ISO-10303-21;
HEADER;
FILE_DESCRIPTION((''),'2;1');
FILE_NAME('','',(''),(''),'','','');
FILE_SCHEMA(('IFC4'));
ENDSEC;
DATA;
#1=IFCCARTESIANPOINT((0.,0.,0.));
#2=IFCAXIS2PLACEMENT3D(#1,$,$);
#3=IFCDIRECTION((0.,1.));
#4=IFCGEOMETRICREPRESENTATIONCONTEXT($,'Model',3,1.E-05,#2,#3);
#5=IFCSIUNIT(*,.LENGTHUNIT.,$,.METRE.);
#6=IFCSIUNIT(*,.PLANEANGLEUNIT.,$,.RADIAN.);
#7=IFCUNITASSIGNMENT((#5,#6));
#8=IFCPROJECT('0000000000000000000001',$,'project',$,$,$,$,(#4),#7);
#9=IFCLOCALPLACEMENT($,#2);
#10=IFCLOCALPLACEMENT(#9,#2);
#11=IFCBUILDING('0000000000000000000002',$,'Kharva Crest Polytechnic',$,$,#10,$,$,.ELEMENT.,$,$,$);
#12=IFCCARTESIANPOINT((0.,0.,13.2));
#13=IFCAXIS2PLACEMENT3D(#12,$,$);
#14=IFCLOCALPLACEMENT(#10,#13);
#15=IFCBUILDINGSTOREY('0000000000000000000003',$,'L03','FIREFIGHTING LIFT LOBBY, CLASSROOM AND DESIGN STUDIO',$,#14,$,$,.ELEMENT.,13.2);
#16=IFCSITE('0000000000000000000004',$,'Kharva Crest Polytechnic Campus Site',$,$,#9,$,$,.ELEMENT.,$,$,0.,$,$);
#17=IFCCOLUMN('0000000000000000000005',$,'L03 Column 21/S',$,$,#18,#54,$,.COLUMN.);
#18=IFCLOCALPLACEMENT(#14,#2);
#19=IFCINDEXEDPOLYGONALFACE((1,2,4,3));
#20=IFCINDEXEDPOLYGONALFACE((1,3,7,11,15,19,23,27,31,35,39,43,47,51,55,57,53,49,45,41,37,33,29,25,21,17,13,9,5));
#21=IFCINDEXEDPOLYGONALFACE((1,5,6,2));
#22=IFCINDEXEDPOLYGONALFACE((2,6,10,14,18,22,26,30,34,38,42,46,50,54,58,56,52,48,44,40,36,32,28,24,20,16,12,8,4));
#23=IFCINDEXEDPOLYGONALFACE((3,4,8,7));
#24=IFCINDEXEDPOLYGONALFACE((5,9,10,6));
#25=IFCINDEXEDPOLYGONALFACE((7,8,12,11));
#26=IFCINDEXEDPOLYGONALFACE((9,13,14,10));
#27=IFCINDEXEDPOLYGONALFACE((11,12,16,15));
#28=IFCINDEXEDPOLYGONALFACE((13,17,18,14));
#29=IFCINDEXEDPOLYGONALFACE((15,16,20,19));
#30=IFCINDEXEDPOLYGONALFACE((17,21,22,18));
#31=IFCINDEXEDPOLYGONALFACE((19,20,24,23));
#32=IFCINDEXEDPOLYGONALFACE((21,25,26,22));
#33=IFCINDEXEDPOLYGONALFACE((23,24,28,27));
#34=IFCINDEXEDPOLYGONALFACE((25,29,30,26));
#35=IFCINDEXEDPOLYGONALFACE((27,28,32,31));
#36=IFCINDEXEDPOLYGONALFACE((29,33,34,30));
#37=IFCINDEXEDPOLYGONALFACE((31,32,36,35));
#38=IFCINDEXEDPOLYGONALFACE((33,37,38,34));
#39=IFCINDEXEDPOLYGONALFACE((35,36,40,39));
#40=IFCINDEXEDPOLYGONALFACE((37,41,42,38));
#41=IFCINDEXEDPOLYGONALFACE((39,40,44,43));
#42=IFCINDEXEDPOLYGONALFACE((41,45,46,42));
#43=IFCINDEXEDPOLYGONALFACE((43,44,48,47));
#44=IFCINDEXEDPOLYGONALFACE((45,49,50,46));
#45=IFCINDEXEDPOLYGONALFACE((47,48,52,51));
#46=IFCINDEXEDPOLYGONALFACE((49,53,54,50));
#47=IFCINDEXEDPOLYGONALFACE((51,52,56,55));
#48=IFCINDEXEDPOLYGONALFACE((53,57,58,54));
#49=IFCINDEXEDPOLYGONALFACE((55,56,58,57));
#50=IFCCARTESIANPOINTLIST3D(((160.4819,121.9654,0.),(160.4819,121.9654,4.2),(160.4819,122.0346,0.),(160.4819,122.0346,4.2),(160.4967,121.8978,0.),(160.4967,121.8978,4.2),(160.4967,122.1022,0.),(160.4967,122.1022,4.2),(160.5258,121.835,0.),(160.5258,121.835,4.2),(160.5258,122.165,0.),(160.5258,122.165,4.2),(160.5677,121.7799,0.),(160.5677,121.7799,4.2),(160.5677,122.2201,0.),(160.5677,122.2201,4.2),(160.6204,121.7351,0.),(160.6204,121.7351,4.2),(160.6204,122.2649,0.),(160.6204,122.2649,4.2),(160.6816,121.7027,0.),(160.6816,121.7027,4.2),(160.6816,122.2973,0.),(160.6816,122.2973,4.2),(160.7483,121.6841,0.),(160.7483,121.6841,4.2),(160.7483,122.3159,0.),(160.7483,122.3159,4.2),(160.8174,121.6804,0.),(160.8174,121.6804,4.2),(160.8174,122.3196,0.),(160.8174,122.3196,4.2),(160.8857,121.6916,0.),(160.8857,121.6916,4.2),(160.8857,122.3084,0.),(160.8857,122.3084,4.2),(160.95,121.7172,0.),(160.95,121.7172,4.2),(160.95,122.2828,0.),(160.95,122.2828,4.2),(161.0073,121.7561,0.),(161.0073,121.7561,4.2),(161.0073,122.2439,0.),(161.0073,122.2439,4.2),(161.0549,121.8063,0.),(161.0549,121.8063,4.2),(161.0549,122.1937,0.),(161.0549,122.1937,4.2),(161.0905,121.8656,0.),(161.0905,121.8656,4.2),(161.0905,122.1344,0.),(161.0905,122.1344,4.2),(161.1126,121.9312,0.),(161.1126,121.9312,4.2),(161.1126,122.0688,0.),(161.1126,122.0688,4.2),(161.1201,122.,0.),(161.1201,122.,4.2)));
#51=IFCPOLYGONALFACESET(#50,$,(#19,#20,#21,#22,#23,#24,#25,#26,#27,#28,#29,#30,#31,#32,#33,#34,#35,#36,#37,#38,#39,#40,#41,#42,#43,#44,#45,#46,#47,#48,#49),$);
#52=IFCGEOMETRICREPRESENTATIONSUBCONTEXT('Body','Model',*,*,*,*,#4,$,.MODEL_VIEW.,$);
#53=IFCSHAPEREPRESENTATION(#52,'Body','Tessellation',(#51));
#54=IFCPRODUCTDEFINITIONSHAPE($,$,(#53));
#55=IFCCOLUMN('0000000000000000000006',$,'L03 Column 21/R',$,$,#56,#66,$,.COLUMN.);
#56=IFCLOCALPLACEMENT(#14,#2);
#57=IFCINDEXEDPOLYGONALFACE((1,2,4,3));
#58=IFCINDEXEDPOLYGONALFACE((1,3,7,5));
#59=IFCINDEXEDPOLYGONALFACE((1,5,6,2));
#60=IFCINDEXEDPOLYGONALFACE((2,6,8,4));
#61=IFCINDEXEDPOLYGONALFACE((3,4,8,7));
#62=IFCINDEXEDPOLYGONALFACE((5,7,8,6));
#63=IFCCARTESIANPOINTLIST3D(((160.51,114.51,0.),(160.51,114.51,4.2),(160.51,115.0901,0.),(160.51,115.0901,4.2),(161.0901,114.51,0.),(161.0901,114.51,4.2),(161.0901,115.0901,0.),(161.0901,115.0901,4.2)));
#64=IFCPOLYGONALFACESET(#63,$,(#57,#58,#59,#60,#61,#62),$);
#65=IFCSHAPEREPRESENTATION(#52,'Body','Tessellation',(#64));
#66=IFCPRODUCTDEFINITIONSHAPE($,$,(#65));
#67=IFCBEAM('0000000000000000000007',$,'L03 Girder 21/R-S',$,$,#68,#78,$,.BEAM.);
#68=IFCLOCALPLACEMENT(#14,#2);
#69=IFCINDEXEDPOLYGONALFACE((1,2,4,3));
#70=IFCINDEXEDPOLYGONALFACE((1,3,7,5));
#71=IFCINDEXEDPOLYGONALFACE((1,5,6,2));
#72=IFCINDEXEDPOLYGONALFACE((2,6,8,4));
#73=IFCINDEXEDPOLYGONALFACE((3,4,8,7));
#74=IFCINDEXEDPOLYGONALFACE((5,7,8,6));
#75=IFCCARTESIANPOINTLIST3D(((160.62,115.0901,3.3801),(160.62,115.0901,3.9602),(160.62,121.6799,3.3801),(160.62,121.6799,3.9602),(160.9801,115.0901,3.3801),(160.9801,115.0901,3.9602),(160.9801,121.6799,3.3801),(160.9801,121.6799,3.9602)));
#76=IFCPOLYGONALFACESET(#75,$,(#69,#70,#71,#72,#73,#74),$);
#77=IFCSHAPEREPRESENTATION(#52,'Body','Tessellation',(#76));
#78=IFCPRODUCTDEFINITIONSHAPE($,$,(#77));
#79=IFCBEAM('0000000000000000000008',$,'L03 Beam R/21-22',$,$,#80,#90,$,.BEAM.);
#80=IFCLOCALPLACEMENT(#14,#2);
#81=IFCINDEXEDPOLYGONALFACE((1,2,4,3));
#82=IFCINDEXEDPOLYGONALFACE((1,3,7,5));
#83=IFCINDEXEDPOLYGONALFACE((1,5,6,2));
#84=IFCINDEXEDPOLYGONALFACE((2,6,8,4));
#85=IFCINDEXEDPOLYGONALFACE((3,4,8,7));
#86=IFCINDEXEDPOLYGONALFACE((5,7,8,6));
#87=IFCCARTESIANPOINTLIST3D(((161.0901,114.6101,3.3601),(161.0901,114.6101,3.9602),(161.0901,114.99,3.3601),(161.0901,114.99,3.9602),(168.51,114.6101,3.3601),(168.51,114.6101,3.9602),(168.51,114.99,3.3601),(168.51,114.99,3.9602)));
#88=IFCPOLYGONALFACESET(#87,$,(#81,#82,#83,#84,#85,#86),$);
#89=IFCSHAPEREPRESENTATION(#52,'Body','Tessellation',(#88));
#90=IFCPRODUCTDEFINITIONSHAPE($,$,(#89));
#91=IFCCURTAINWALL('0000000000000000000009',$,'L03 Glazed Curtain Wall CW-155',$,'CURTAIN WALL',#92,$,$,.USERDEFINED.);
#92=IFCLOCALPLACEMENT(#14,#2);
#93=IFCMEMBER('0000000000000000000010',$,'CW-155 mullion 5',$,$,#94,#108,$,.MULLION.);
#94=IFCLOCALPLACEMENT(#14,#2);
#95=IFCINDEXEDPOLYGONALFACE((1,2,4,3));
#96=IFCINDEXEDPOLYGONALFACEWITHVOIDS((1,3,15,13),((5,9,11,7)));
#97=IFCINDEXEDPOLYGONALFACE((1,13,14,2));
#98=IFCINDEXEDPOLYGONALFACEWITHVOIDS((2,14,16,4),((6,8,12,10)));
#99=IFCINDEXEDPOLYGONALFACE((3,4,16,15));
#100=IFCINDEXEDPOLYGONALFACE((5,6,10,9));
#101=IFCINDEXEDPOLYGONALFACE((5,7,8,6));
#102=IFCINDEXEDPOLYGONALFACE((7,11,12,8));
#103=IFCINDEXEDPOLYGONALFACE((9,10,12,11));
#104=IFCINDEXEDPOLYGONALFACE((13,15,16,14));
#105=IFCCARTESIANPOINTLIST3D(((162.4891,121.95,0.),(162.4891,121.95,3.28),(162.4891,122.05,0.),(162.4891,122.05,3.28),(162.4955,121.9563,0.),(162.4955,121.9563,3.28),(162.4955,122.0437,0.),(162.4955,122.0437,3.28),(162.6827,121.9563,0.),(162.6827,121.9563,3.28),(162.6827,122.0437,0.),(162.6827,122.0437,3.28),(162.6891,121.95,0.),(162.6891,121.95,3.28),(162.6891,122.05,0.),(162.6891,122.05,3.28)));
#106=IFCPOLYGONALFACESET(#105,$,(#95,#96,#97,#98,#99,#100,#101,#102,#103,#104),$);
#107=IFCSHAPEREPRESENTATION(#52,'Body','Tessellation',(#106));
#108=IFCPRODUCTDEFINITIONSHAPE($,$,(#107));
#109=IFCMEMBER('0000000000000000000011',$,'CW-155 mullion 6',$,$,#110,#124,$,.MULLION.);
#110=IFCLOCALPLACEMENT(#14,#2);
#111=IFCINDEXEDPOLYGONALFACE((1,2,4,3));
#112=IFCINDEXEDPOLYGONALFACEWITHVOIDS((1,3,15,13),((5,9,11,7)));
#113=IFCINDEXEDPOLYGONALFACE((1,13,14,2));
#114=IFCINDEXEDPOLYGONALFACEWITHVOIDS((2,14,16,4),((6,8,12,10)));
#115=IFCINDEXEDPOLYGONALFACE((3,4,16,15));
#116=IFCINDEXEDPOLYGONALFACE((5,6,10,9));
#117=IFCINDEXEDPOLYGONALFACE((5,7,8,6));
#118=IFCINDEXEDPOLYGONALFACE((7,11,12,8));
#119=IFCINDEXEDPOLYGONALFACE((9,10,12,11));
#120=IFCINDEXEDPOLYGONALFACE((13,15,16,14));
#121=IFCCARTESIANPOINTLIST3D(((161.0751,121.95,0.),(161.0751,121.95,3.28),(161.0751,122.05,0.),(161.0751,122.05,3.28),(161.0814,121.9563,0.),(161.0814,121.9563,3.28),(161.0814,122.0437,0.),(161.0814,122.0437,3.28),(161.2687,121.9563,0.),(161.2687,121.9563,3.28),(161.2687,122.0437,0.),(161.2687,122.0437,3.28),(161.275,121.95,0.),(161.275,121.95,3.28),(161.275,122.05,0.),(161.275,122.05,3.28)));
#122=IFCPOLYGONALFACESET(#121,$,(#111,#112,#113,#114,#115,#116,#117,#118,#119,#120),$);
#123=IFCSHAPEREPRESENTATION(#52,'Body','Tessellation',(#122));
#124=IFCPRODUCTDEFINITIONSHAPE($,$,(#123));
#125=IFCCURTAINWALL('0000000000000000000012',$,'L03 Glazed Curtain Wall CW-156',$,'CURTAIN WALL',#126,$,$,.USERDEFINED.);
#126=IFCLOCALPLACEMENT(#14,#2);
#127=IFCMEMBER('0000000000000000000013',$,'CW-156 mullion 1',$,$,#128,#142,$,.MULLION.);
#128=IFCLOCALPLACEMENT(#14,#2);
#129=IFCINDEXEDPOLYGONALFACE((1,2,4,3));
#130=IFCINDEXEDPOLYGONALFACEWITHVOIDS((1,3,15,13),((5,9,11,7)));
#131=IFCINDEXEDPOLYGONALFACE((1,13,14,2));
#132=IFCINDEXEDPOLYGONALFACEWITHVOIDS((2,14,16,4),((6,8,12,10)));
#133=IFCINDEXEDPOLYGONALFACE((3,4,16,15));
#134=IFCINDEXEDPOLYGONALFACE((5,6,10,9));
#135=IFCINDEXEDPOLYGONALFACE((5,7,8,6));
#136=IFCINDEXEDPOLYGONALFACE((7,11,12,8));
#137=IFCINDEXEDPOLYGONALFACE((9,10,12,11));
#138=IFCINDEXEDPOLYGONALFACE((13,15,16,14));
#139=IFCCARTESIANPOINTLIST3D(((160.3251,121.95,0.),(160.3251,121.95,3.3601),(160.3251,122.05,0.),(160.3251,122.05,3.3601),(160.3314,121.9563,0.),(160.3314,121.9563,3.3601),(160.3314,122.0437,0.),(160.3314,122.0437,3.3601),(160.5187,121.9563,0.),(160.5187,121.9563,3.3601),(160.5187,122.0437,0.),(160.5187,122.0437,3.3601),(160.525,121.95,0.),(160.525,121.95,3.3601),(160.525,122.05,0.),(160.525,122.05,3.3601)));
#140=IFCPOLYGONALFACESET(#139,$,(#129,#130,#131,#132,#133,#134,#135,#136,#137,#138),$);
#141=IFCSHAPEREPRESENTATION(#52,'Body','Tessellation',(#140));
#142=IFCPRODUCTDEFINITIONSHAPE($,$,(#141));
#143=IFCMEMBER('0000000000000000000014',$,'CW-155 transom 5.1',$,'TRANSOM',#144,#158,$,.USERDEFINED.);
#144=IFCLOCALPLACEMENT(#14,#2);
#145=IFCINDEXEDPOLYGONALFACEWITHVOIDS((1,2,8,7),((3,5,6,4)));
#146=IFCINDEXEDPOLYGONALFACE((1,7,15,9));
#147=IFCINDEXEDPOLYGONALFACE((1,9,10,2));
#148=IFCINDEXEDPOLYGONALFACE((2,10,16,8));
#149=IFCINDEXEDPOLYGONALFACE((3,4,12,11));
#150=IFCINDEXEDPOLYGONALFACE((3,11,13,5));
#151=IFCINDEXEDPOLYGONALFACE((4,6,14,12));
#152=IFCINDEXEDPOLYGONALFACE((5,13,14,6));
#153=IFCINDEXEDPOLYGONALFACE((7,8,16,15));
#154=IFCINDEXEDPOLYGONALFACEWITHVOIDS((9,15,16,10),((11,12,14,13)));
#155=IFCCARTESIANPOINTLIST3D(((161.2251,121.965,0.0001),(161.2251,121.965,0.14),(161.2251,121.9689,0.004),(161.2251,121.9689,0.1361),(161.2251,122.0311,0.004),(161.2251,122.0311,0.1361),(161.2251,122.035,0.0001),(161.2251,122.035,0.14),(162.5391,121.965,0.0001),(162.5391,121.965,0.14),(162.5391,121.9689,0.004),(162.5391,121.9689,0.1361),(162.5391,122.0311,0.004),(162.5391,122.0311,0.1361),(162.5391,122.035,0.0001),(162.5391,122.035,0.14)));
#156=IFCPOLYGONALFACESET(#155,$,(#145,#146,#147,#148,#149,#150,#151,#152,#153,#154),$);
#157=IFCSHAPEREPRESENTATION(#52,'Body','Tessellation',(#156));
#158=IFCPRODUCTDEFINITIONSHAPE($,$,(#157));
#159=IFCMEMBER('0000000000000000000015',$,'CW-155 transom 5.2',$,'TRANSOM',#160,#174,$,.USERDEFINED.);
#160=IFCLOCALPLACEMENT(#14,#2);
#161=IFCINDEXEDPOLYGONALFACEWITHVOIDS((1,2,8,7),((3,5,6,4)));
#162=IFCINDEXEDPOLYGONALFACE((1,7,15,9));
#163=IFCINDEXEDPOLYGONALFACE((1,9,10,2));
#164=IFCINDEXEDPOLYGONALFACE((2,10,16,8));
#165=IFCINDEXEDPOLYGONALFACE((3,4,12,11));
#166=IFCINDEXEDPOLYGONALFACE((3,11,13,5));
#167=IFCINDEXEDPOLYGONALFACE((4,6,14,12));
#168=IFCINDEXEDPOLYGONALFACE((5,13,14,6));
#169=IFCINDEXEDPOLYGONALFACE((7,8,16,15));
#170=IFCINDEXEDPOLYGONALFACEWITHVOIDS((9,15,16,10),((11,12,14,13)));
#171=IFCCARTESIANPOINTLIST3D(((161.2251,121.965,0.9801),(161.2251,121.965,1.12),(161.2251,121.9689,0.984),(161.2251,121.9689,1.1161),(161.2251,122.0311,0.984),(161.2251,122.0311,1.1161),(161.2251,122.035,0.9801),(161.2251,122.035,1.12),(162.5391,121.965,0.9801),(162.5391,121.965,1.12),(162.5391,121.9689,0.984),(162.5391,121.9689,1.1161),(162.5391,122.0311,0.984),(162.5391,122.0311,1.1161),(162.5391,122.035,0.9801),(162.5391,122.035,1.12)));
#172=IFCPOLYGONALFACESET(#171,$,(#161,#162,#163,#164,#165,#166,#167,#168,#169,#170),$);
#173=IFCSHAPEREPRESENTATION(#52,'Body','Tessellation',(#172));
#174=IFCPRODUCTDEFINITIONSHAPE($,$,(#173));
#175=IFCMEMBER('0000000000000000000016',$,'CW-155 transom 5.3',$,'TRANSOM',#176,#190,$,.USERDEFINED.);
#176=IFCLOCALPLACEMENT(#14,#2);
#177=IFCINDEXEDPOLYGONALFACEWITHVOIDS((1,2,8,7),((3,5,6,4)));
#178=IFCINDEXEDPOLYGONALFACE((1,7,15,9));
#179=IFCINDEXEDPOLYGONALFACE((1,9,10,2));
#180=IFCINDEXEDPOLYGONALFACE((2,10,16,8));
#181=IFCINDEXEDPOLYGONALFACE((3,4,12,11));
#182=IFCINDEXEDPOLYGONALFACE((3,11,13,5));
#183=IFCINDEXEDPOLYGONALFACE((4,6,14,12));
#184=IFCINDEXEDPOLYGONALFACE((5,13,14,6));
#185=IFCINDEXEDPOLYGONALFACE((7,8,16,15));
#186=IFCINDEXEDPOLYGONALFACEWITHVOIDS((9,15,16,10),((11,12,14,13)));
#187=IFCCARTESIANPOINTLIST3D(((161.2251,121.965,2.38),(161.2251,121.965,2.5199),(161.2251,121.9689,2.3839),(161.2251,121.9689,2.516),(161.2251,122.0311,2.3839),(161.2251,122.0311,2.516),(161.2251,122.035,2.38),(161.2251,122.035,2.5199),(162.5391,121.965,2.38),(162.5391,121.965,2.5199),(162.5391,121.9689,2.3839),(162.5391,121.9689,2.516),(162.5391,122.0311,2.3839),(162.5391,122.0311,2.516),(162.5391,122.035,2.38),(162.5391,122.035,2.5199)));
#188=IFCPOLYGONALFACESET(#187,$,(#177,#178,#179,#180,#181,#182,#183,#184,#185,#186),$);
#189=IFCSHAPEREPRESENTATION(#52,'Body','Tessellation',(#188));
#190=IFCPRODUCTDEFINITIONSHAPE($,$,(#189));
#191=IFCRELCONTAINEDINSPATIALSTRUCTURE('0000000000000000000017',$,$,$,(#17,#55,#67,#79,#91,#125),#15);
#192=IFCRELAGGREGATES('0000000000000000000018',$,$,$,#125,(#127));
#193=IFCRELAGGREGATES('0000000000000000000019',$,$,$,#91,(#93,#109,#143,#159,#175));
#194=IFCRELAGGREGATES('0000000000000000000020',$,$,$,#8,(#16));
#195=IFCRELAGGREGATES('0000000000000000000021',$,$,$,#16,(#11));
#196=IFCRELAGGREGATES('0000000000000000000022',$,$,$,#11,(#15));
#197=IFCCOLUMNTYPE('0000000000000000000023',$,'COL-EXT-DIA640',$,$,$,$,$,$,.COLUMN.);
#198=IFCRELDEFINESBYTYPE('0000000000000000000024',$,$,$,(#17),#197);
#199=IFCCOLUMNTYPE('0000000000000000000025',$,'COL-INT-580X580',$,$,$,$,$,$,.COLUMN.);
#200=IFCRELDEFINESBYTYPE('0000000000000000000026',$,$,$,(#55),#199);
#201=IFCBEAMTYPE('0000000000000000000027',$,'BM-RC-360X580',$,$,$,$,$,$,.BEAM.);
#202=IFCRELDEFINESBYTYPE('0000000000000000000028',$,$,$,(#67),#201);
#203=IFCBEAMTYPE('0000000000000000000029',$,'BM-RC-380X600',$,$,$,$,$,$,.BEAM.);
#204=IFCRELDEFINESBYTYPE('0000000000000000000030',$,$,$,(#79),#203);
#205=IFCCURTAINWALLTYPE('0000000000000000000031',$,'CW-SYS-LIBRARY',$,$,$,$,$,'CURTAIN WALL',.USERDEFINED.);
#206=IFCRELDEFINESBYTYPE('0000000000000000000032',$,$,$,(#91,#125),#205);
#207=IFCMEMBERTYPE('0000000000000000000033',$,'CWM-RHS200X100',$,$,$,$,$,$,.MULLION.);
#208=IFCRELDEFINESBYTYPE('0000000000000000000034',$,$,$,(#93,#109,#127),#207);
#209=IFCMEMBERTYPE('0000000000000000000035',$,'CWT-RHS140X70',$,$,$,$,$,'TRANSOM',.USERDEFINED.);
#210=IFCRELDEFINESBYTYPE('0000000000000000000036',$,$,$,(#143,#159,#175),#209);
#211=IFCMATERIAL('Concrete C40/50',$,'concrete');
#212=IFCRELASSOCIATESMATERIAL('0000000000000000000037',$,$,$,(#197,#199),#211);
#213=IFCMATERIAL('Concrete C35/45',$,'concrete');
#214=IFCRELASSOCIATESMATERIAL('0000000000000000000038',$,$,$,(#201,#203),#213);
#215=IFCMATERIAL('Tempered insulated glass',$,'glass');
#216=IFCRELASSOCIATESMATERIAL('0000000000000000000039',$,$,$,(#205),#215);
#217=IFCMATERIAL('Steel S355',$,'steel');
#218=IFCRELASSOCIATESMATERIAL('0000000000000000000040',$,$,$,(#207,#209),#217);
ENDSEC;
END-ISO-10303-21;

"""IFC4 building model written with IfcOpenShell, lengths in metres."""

from ifc_helpers import new_model, si_unit, direction, frame, origin, origin_2d, place, context, subcontext, project, spatial, rectangle, hollow_rectangle, circle, extrude, material, material_profile, profile_set, type_object, element, aggregate, save


model = new_model("IFC4")

# Units and contexts
model_context = context("Model", 3, precision=1e-05, world=origin(), true_north=direction((0.0, 1.0)))
body_context = subcontext(model_context, "Body", "Model", "MODEL_VIEW")
ifc_project = project(units=[si_unit("LENGTHUNIT", "METRE"), si_unit("PLANEANGLEUNIT", "RADIAN")], contexts=[model_context])

# Site, building, storey
site_placement = place(None, origin())
site = spatial("IfcSite", under=ifc_project, at=site_placement, Name="Kharva Crest Polytechnic Campus Site", CompositionType="ELEMENT", RefElevation=0.0)
building_placement = place(site_placement, origin())
building = spatial("IfcBuilding", under=site, at=building_placement, Name="Kharva Crest Polytechnic", CompositionType="ELEMENT")
storey_placement = place(building_placement, frame((0.0, 0.0, 13.2)))
storey = spatial("IfcBuildingStorey", under=building, at=storey_placement, Name="L03", Description="FIREFIGHTING LIFT LOBBY, CLASSROOM AND DESIGN STUDIO", CompositionType="ELEMENT", Elevation=13.2)

# Columns
ifc_material_1 = material(Name="Concrete C40/50", Category="concrete")
ifc_material_profile_1 = material_profile(ifc_material_1, circle(Radius=0.3201, at=origin_2d()), Name="DIA 640")
ifc_profile_set_1 = profile_set([ifc_material_profile_1], Name="Concrete C40/50")
column_type_1 = type_object("IfcColumnType", Name="COL-EXT-DIA640", PredefinedType="COLUMN", material=ifc_profile_set_1)
column_1_placement = place(storey_placement, frame((160.8, 122.0, 0.0), z_axis=(0.0, 0.0, 1.0), x_axis=(1.0, 0.0, 0.0)))
element("IfcColumn", 1, at=column_1_placement, inside=storey, type_object=column_type_1, Name="L03 Column 21/S", PredefinedType="COLUMN", context=body_context, shape_type="SweptSolid", body=[
    extrude(circle(Radius=0.3201, at=origin_2d()), origin(), (0.0, 0.0, 1.0), 4.2),
])
ifc_material_profile_2 = material_profile(ifc_material_1, rectangle(XDim=0.5801, YDim=0.5801, at=origin_2d()), Name="RECT 580 X 580")
ifc_profile_set_2 = profile_set([ifc_material_profile_2], Name="Concrete C40/50")
column_type_2 = type_object("IfcColumnType", Name="COL-INT-580X580", PredefinedType="COLUMN", material=ifc_profile_set_2)
column_2_placement = place(storey_placement, frame((160.8, 114.8, 0.0), z_axis=(0.0, 0.0, 1.0), x_axis=(1.0, 0.0, 0.0)))
element("IfcColumn", 2, at=column_2_placement, inside=storey, type_object=column_type_2, Name="L03 Column 21/R", PredefinedType="COLUMN", context=body_context, shape_type="SweptSolid", body=[
    extrude(rectangle(XDim=0.5801, YDim=0.5801, at=origin_2d()), origin(), (0.0, 0.0, 1.0), 4.2),
])

# Beams
ifc_material_2 = material(Name="Concrete C35/45", Category="concrete")
ifc_material_profile_3 = material_profile(ifc_material_2, rectangle(XDim=0.3601, YDim=0.5801, at=origin_2d()), Name="RECT 360 X 580")
ifc_profile_set_3 = profile_set([ifc_material_profile_3], Name="Concrete C35/45")
beam_type_1 = type_object("IfcBeamType", Name="BM-RC-360X580", PredefinedType="BEAM", material=ifc_profile_set_3)
beam_1_placement = place(storey_placement, frame((160.8, 115.0901, 3.6702), z_axis=(0.0, 1.0, 0.0), x_axis=(-1.0, 0.0, 0.0)))
element("IfcBeam", 3, at=beam_1_placement, inside=storey, type_object=beam_type_1, Name="L03 Girder 21/R-S", PredefinedType="BEAM", context=body_context, shape_type="SweptSolid", body=[
    extrude(rectangle(XDim=0.3601, YDim=0.5801, at=origin_2d()), origin(), (0.0, 0.0, 1.0), 6.5898),
])
ifc_material_profile_4 = material_profile(ifc_material_2, rectangle(XDim=0.3799, YDim=0.6001, at=origin_2d()), Name="RECT 380 X 600")
ifc_profile_set_4 = profile_set([ifc_material_profile_4], Name="Concrete C35/45")
beam_type_2 = type_object("IfcBeamType", Name="BM-RC-380X600", PredefinedType="BEAM", material=ifc_profile_set_4)
beam_2_placement = place(storey_placement, frame((161.0901, 114.8, 3.6602), z_axis=(1.0, 0.0, 0.0), x_axis=(0.0, 1.0, 0.0)))
element("IfcBeam", 4, at=beam_2_placement, inside=storey, type_object=beam_type_2, Name="L03 Beam R/21-22", PredefinedType="BEAM", context=body_context, shape_type="SweptSolid", body=[
    extrude(rectangle(XDim=0.3799, YDim=0.6001, at=origin_2d()), origin(), (0.0, 0.0, 1.0), 7.4199),
])

# Curtain wall, members
ifc_material_3 = material(Name="Tempered insulated glass", Category="glass")
curtain_wall_type = type_object("IfcCurtainWallType", Name="CW-SYS-LIBRARY", ElementType="CURTAIN WALL", PredefinedType="USERDEFINED", material=ifc_material_3)
curtain_wall_1_placement = place(storey_placement, origin())
curtain_wall_1 = element("IfcCurtainWall", 5, at=curtain_wall_1_placement, inside=storey, type_object=curtain_wall_type, Name="L03 Glazed Curtain Wall CW-155", ObjectType="CURTAIN WALL", PredefinedType="USERDEFINED")
ifc_material_4 = material(Name="Steel S355", Category="steel")
ifc_material_profile_5 = material_profile(ifc_material_4, hollow_rectangle(XDim=0.1001, YDim=0.2, WallThickness=0.0063, at=origin_2d()), Name="RHS 200X100X6.3")
ifc_profile_set_5 = profile_set([ifc_material_profile_5], Name="Steel S355")
member_type_1 = type_object("IfcMemberType", Name="CWM-RHS200X100", PredefinedType="MULLION", material=ifc_profile_set_5)
member_1_placement = place(storey_placement, frame((162.5891, 122.0, 0.0), z_axis=(0.0, 0.0, 1.0), x_axis=(0.0, -1.0, 0.0)))
member_1 = element("IfcMember", 6, at=member_1_placement, type_object=member_type_1, Name="CW-155 mullion 5", PredefinedType="MULLION", context=body_context, shape_type="SweptSolid", body=[
    extrude(hollow_rectangle(XDim=0.1001, YDim=0.2, WallThickness=0.0063, at=origin_2d()), origin(), (0.0, 0.0, 1.0), 3.28),
])
member_2_placement = place(storey_placement, frame((161.175, 122.0, 0.0), z_axis=(0.0, 0.0, 1.0), x_axis=(0.0, -1.0, 0.0)))
member_2 = element("IfcMember", 7, at=member_2_placement, type_object=member_type_1, Name="CW-155 mullion 6", PredefinedType="MULLION", context=body_context, shape_type="SweptSolid", body=[
    extrude(hollow_rectangle(XDim=0.1001, YDim=0.2, WallThickness=0.0063, at=origin_2d()), origin(), (0.0, 0.0, 1.0), 3.28),
])

# Curtain wall, member
curtain_wall_2_placement = place(storey_placement, origin())
curtain_wall_2 = element("IfcCurtainWall", 8, at=curtain_wall_2_placement, inside=storey, type_object=curtain_wall_type, Name="L03 Glazed Curtain Wall CW-156", ObjectType="CURTAIN WALL", PredefinedType="USERDEFINED")
member_3_placement = place(storey_placement, frame((160.425, 122.0, 0.0), z_axis=(0.0, 0.0, 1.0), x_axis=(0.0, -1.0, 0.0)))
member_3 = element("IfcMember", 9, at=member_3_placement, type_object=member_type_1, Name="CW-156 mullion 1", PredefinedType="MULLION", context=body_context, shape_type="SweptSolid", body=[
    extrude(hollow_rectangle(XDim=0.1001, YDim=0.2, WallThickness=0.0063, at=origin_2d()), origin(), (0.0, 0.0, 1.0), 3.3601),
])

# Members
ifc_material_profile_6 = material_profile(ifc_material_4, hollow_rectangle(XDim=0.0701, YDim=0.1399, WallThickness=0.0039, at=origin_2d()), Name="RHS 140X70X4.0")
ifc_profile_set_6 = profile_set([ifc_material_profile_6], Name="Steel S355")
member_type_2 = type_object("IfcMemberType", Name="CWT-RHS140X70", ElementType="TRANSOM", PredefinedType="USERDEFINED", material=ifc_profile_set_6)
member_4_placement = place(storey_placement, frame((162.5391, 122.0, 0.0701), z_axis=(-1.0, 0.0, 0.0), x_axis=(0.0, -1.0, 0.0)))
member_4 = element("IfcMember", 10, at=member_4_placement, type_object=member_type_2, Name="CW-155 transom 5.1", ObjectType="TRANSOM", PredefinedType="USERDEFINED", context=body_context, shape_type="SweptSolid", body=[
    extrude(hollow_rectangle(XDim=0.0701, YDim=0.1399, WallThickness=0.0039, at=origin_2d()), origin(), (0.0, 0.0, 1.0), 1.314),
])
member_5_placement = place(storey_placement, frame((162.5391, 122.0, 1.05), z_axis=(-1.0, 0.0, 0.0), x_axis=(0.0, -1.0, 0.0)))
member_5 = element("IfcMember", 11, at=member_5_placement, type_object=member_type_2, Name="CW-155 transom 5.2", ObjectType="TRANSOM", PredefinedType="USERDEFINED", context=body_context, shape_type="SweptSolid", body=[
    extrude(hollow_rectangle(XDim=0.0701, YDim=0.1399, WallThickness=0.0039, at=origin_2d()), origin(), (0.0, 0.0, 1.0), 1.314),
])
member_6_placement = place(storey_placement, frame((162.5391, 122.0, 2.45), z_axis=(-1.0, 0.0, 0.0), x_axis=(0.0, -1.0, 0.0)))
member_6 = element("IfcMember", 12, at=member_6_placement, type_object=member_type_2, Name="CW-155 transom 5.3", ObjectType="TRANSOM", PredefinedType="USERDEFINED", context=body_context, shape_type="SweptSolid", body=[
    extrude(hollow_rectangle(XDim=0.0701, YDim=0.1399, WallThickness=0.0039, at=origin_2d()), origin(), (0.0, 0.0, 1.0), 1.314),
])
aggregate(curtain_wall_2, [member_3])

aggregate(curtain_wall_1, [member_1, member_2, member_4, member_5, member_6])

save(model, "model.ifc")
